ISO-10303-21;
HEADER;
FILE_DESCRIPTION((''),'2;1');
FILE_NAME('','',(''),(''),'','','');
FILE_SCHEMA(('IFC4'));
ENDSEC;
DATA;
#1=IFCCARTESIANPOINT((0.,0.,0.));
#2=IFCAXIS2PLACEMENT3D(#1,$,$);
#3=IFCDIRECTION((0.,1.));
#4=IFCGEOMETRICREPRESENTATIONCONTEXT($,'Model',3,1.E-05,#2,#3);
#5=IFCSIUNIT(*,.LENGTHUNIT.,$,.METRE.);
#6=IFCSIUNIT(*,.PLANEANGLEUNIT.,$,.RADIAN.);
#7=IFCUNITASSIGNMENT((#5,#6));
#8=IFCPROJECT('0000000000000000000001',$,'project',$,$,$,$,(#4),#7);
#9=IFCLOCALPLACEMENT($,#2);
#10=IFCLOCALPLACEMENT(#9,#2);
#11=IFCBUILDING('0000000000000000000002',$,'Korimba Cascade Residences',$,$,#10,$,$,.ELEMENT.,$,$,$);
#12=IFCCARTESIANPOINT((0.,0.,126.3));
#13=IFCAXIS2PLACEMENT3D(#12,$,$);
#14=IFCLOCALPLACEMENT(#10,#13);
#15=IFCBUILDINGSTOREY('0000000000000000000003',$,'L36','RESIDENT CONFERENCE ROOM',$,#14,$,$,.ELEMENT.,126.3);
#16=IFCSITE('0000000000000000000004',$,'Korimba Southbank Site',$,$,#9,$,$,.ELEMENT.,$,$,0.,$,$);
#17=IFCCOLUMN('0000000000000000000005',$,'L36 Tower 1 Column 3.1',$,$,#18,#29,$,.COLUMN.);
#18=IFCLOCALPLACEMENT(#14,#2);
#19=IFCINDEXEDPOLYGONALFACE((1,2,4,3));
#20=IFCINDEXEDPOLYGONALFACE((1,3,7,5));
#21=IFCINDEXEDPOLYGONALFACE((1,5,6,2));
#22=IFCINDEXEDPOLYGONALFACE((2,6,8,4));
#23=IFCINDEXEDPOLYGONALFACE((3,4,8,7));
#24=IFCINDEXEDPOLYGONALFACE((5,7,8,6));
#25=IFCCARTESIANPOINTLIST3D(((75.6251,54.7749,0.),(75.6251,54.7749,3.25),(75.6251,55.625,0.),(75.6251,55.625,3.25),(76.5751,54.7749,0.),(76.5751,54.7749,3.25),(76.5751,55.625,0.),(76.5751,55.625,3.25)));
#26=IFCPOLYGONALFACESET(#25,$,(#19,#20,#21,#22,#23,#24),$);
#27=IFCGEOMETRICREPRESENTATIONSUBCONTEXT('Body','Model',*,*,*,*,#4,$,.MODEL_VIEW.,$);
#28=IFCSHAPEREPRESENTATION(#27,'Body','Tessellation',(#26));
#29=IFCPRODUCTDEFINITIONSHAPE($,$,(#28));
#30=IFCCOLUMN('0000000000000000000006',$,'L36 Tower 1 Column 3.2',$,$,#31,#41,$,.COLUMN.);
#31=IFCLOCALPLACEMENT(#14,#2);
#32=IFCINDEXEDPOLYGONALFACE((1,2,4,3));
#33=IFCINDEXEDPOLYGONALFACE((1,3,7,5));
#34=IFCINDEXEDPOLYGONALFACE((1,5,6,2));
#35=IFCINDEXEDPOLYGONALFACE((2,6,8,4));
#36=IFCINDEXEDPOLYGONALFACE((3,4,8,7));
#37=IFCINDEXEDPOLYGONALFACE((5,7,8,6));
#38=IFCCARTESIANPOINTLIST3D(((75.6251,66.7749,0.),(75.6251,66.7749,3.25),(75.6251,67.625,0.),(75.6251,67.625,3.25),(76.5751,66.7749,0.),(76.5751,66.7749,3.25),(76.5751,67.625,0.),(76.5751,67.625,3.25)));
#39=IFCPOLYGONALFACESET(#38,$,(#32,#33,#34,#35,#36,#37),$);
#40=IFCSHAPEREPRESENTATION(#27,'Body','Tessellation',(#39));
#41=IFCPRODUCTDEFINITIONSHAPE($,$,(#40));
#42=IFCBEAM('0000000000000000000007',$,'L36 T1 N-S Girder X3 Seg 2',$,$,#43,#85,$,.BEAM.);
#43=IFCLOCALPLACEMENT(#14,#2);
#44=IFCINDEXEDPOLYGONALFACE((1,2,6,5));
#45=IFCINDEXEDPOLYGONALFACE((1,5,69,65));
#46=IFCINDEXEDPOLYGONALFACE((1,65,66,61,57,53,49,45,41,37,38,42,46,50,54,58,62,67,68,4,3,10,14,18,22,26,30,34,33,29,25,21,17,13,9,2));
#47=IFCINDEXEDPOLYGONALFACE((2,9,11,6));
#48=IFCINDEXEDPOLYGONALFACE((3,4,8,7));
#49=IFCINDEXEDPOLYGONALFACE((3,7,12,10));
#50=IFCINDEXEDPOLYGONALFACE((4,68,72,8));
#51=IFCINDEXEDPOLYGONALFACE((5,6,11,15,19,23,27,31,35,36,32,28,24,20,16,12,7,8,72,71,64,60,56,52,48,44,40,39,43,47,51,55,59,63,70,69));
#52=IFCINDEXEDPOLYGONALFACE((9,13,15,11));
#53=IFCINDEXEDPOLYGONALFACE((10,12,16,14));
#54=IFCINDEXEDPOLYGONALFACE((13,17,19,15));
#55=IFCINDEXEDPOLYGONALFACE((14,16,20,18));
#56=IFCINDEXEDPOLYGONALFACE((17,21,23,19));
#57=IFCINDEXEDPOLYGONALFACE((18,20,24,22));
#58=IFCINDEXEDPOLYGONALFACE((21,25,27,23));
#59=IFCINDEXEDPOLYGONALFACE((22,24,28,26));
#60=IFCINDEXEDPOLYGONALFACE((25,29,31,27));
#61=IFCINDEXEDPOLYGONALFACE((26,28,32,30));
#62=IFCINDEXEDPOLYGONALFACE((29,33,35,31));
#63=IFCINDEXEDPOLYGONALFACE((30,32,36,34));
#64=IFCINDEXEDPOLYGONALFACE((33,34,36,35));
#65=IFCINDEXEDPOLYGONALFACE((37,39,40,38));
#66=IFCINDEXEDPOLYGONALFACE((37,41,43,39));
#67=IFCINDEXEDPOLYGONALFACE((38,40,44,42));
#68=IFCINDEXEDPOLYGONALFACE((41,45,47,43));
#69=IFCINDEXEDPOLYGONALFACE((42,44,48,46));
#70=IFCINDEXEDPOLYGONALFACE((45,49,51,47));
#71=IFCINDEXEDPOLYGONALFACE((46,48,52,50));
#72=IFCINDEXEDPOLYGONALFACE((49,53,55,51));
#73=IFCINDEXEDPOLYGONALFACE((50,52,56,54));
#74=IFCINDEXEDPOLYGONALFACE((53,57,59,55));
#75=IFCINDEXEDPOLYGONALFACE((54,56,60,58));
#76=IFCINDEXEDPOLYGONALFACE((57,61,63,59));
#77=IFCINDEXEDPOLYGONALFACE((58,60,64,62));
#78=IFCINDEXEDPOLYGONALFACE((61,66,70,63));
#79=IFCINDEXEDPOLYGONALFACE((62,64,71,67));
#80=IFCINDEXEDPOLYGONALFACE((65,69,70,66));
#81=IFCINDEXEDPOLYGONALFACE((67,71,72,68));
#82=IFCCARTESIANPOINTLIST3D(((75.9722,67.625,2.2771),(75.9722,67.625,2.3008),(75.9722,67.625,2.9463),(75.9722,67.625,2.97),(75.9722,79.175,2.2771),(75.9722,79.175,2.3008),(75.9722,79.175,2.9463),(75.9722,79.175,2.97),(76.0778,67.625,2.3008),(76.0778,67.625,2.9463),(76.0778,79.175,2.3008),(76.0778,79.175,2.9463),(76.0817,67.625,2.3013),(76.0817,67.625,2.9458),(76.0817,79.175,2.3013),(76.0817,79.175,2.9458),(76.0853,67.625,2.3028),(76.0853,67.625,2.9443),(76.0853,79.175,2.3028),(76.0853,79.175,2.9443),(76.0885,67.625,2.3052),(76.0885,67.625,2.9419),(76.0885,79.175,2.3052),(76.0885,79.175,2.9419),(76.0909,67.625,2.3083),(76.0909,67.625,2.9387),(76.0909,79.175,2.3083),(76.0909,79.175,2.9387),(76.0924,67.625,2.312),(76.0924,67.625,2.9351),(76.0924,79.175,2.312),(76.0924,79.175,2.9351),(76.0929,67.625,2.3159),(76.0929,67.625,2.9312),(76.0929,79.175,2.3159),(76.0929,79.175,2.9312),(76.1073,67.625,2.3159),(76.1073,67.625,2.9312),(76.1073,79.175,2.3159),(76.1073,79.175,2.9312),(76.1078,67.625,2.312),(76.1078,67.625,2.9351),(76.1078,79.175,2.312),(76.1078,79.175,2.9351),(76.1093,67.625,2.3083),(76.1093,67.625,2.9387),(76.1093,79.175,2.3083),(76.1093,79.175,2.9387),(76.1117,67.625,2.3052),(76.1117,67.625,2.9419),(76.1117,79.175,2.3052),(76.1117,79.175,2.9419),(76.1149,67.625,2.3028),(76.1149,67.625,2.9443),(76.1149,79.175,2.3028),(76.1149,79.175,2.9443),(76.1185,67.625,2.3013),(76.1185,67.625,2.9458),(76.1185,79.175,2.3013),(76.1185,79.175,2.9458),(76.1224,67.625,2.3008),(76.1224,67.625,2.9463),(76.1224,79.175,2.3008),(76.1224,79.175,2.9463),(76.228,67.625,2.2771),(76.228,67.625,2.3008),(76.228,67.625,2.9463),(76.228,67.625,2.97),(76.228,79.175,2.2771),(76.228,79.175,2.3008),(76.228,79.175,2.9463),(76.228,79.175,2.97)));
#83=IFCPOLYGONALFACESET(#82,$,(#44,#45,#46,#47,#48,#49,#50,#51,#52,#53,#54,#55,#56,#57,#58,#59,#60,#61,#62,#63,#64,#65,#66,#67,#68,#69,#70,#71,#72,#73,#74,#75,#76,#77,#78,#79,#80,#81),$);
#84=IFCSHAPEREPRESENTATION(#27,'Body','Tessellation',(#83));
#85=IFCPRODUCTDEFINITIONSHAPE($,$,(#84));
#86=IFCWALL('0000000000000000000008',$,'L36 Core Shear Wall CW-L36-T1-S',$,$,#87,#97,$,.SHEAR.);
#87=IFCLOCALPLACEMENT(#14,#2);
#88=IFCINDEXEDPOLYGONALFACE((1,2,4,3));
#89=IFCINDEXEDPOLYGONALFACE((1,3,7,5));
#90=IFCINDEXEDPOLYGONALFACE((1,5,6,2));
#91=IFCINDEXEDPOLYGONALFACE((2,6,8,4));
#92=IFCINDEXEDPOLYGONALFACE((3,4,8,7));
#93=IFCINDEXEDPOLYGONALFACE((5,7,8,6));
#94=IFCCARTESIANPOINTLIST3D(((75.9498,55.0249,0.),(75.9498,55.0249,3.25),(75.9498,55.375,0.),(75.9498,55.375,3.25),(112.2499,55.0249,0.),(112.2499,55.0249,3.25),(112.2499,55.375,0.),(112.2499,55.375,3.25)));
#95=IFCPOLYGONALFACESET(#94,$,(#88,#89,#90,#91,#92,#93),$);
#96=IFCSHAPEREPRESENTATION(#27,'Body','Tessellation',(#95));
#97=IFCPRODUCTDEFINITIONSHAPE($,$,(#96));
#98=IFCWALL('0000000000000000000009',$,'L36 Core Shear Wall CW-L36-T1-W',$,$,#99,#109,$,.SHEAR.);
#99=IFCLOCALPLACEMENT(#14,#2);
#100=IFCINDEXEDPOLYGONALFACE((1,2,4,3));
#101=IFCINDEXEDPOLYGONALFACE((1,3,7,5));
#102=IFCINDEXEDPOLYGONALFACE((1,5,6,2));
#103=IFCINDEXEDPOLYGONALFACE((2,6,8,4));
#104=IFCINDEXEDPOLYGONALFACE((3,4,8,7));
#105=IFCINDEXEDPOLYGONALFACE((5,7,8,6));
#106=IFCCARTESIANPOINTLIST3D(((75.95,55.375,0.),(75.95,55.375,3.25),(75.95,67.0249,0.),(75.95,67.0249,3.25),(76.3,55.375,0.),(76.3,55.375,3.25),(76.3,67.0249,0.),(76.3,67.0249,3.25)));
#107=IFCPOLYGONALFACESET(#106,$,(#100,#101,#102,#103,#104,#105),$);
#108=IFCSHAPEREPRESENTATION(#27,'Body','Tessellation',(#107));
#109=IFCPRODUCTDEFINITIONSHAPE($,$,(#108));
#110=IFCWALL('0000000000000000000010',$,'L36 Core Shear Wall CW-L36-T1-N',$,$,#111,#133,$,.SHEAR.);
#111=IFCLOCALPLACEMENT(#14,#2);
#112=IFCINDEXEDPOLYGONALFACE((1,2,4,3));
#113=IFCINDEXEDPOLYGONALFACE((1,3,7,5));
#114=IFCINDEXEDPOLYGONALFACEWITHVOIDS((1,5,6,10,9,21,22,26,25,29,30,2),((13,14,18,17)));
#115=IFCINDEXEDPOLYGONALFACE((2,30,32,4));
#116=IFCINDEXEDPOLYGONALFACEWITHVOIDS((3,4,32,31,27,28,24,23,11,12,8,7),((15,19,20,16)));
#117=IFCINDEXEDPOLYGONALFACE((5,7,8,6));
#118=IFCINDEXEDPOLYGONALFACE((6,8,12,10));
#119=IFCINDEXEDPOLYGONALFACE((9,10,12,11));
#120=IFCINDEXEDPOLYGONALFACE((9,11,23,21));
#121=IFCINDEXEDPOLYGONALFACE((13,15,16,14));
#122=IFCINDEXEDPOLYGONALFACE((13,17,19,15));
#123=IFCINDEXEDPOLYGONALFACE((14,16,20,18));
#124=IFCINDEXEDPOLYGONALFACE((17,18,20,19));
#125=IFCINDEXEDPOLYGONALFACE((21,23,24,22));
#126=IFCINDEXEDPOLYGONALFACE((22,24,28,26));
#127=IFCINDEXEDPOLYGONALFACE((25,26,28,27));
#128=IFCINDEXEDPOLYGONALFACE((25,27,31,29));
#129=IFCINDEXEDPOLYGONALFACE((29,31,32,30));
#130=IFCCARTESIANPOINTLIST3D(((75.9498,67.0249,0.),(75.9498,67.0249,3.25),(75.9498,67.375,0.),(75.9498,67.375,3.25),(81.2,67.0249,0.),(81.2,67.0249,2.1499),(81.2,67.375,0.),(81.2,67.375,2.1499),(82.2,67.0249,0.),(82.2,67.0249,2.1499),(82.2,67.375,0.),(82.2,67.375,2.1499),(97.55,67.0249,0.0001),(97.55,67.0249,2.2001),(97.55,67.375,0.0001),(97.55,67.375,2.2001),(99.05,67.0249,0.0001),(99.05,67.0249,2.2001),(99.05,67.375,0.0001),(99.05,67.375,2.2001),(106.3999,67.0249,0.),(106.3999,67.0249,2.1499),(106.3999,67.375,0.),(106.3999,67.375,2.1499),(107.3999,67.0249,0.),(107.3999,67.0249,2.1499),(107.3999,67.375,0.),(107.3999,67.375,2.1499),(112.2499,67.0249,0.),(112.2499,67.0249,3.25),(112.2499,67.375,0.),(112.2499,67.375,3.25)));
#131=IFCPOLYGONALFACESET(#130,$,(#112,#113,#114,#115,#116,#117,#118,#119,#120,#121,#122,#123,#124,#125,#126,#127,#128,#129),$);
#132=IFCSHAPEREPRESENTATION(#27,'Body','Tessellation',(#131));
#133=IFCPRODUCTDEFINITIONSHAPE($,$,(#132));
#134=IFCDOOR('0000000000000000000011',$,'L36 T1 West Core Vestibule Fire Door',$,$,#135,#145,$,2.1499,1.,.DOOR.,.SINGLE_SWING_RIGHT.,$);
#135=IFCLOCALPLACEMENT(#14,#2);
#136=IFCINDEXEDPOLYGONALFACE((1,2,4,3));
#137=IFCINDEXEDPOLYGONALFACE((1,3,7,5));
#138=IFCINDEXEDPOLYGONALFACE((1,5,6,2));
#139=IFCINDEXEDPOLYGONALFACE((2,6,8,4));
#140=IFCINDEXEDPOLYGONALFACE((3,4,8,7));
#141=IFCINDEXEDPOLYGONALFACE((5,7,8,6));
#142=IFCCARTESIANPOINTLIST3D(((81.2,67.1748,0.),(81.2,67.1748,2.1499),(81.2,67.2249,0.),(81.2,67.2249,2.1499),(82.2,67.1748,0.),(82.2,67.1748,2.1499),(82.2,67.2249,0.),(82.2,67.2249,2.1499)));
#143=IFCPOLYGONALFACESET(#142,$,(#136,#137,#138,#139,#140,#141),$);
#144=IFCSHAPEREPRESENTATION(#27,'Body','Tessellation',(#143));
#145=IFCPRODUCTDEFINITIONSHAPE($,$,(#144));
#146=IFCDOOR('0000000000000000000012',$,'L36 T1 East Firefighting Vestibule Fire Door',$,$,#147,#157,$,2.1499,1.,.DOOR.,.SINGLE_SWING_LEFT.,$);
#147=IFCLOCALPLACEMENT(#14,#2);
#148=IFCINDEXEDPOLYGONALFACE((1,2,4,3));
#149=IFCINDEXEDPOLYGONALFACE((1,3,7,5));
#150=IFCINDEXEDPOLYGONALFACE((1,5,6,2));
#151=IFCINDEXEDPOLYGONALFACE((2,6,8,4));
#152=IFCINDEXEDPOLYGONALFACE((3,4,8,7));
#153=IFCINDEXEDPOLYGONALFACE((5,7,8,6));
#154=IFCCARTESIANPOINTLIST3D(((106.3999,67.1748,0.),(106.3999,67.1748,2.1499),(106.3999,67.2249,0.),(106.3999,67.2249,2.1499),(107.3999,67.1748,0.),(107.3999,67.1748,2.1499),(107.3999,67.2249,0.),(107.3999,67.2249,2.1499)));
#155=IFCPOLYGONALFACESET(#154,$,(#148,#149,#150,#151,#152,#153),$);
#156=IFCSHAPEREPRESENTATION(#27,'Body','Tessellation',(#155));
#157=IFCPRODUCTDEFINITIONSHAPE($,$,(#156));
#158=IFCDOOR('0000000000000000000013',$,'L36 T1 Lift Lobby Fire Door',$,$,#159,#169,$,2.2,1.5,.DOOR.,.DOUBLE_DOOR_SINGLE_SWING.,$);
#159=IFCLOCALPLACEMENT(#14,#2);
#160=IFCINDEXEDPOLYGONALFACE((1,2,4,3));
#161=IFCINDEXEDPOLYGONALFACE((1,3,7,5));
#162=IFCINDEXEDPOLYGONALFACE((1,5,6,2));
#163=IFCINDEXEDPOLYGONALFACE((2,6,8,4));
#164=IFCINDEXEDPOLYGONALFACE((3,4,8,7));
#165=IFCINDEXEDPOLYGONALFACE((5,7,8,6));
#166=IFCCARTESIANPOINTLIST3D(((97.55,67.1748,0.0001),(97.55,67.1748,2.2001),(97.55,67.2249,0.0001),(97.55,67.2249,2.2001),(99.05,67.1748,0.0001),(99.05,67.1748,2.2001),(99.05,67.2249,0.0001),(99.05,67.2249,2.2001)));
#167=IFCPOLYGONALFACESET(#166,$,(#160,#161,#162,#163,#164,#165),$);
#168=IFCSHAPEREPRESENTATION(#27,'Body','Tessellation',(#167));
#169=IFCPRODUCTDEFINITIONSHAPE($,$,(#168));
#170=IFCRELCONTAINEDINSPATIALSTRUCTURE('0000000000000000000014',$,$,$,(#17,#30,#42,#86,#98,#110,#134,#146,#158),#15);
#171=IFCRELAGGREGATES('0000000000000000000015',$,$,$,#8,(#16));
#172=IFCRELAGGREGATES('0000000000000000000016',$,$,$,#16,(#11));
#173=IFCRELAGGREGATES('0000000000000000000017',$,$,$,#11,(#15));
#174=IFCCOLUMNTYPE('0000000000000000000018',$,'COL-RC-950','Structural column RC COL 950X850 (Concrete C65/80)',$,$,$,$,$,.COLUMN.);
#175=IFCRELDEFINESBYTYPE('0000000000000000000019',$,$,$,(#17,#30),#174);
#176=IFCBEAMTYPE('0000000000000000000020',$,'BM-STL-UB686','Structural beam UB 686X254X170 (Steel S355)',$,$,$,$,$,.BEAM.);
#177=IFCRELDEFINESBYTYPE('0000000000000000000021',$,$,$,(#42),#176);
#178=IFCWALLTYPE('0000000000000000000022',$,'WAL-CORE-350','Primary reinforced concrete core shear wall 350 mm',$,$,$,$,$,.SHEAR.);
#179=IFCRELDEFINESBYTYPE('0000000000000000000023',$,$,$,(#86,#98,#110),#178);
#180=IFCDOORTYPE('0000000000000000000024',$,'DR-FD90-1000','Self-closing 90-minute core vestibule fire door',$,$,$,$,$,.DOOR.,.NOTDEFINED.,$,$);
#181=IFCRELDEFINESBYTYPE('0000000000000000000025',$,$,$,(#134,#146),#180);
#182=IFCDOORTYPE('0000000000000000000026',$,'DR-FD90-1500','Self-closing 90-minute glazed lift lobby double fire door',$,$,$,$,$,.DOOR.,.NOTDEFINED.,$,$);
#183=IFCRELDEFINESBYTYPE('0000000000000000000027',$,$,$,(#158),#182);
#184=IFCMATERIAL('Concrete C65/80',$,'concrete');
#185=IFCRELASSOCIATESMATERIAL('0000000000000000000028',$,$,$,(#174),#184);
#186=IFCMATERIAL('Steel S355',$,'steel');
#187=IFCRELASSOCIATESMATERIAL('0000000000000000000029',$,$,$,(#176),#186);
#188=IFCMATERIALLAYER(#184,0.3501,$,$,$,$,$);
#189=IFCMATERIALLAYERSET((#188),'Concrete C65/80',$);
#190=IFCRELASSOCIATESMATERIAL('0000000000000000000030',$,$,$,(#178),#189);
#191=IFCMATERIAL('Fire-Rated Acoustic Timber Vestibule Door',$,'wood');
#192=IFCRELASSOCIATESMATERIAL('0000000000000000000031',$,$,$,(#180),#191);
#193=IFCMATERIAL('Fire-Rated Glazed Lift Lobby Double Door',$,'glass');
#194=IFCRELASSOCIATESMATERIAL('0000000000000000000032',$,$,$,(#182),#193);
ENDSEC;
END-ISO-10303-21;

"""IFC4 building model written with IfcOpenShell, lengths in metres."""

from ifc_helpers import new_model, si_unit, direction, frame, frame_2d, origin, origin_2d, place, context, subcontext, project, spatial, rectangle, i_section, extrude, material, layer, layer_set, material_profile, profile_set, type_object, element, fill, save


model = new_model("IFC4")

# Units and contexts
model_context = context("Model", 3, precision=1e-05, world=origin(), true_north=direction((0.0, 1.0)))
body_context = subcontext(model_context, "Body", "Model", "MODEL_VIEW")
ifc_project = project(units=[si_unit("LENGTHUNIT", "METRE"), si_unit("PLANEANGLEUNIT", "RADIAN")], contexts=[model_context])

# Site, building, storey
site_placement = place(None, origin())
site = spatial("IfcSite", under=ifc_project, at=site_placement, Name="Korimba Southbank Site", CompositionType="ELEMENT", RefElevation=0.0)
building_placement = place(site_placement, origin())
building = spatial("IfcBuilding", under=site, at=building_placement, Name="Korimba Cascade Residences", CompositionType="ELEMENT")
storey_placement = place(building_placement, frame((0.0, 0.0, 126.3)))
storey = spatial("IfcBuildingStorey", under=building, at=storey_placement, Name="L36", Description="RESIDENT CONFERENCE ROOM", CompositionType="ELEMENT", Elevation=126.3)

# Columns
ifc_material_1 = material(Name="Concrete C65/80", Category="concrete")
ifc_material_profile_1 = material_profile(ifc_material_1, rectangle(XDim=0.95, YDim=0.8501, at=origin_2d()), Name="Concrete C65/80")
ifc_profile_set_1 = profile_set([ifc_material_profile_1], Name="Concrete C65/80")
column_type = type_object("IfcColumnType", Name="COL-RC-950", Description="Structural column RC COL 950X850 (Concrete C65/80)", PredefinedType="COLUMN", material=ifc_profile_set_1)
for number, where, z_axis, x_axis, name in (
    (1, (76.1001, 55.2, 0.0), (0.0, 0.0, 1.0), (1.0, 0.0, 0.0), "L36 Tower 1 Column 3.1"),
    (2, (76.1001, 67.2, 0.0), (0.0, 0.0, 1.0), (1.0, 0.0, 0.0), "L36 Tower 1 Column 3.2"),
):
    element("IfcColumn", number, at=place(storey_placement, frame(where, z_axis=z_axis, x_axis=x_axis)), inside=storey, type_object=column_type, Name=name, PredefinedType="COLUMN", context=body_context, shape_type="SweptSolid", body=[
        extrude(rectangle(XDim=0.95, YDim=0.8501, at=origin_2d()), origin(), (0.0, 0.0, 1.0), 3.25),
    ])

# Beam
ifc_material_2 = material(Name="Steel S355", Category="steel")
ifc_material_profile_2 = material_profile(ifc_material_2, i_section(OverallWidth=0.2559, OverallDepth=0.6929, WebThickness=0.0144, FlangeThickness=0.0237, FilletRadius=0.0151, at=origin_2d()), Name="Steel S355")
ifc_profile_set_2 = profile_set([ifc_material_profile_2], Name="Steel S355")
beam_type = type_object("IfcBeamType", Name="BM-STL-UB686", Description="Structural beam UB 686X254X170 (Steel S355)", PredefinedType="BEAM", material=ifc_profile_set_2)
beam_placement = place(storey_placement, frame((76.1001, 67.625, 2.6235), z_axis=(0.0, 1.0, 0.0), x_axis=(-1.0, 0.0, 0.0)))
element("IfcBeam", 3, at=beam_placement, inside=storey, type_object=beam_type, Name="L36 T1 N-S Girder X3 Seg 2", PredefinedType="BEAM", context=body_context, shape_type="SweptSolid", body=[
    extrude(i_section(OverallWidth=0.2559, OverallDepth=0.6929, WebThickness=0.0144, FlangeThickness=0.0237, FilletRadius=0.0151, at=origin_2d()), origin(), (0.0, 0.0, 1.0), 11.55),
])

# Walls
ifc_layer_1 = layer(ifc_material_1, 0.3501)
ifc_layer_set_1 = layer_set([ifc_layer_1], Name="Concrete C65/80")
wall_type_1 = type_object("IfcWallType", Name="WAL-CORE-350", Description="Primary reinforced concrete core shear wall 350 mm", PredefinedType="SHEAR", material=ifc_layer_set_1)
wall_1_placement = place(storey_placement, frame((75.95, 55.2, 0.0), z_axis=(0.0, 0.0, 1.0), x_axis=(1.0, 0.0, 0.0)))
element("IfcWall", 4, at=wall_1_placement, inside=storey, type_object=wall_type_1, Name="L36 Core Shear Wall CW-L36-T1-S", PredefinedType="SHEAR", context=body_context, shape_type="SweptSolid", body=[
    extrude(rectangle(XDim=36.3, YDim=0.3501, at=frame_2d((18.1499, 0.0))), origin(), (0.0, 0.0, 1.0), 3.25),
])
wall_2_placement = place(storey_placement, frame((76.125, 55.375, 0.0), z_axis=(0.0, 0.0, 1.0), x_axis=(0.0, 1.0, 0.0)))
element("IfcWall", 5, at=wall_2_placement, inside=storey, type_object=wall_type_1, Name="L36 Core Shear Wall CW-L36-T1-W", PredefinedType="SHEAR", context=body_context, shape_type="SweptSolid", body=[
    extrude(rectangle(XDim=11.6499, YDim=0.3501, at=frame_2d((5.825, 0.0))), origin(), (0.0, 0.0, 1.0), 3.25),
])

# Wall, openings, doors
wall_3_placement = place(storey_placement, frame((75.95, 67.2, 0.0), z_axis=(0.0, 0.0, 1.0), x_axis=(1.0, 0.0, 0.0)))
wall_3 = element("IfcWall", 6, at=wall_3_placement, inside=storey, type_object=wall_type_1, Name="L36 Core Shear Wall CW-L36-T1-N", PredefinedType="SHEAR", context=body_context, shape_type="SweptSolid", body=[
    extrude(rectangle(XDim=36.3, YDim=0.3501, at=frame_2d((18.1499, 0.0))), origin(), (0.0, 0.0, 1.0), 3.25),
])
opening_1_placement = place(wall_3_placement, frame((5.25, 0.0, 0.0)))
opening_1 = element("IfcOpeningElement", 7, at=opening_1_placement, cuts=wall_3, PredefinedType="OPENING", context=body_context, shape_type="SweptSolid", body=[
    extrude(rectangle(XDim=1.0, YDim=2.1499, at=frame_2d((0.5, 1.075))), frame((0.0, 0.1851, 0.0), z_axis=(0.0, -1.0, 0.0), x_axis=(1.0, 0.0, 0.0)), (0.0, 0.0, 1.0), 0.3701),
])
opening_2_placement = place(wall_3_placement, frame((21.6001, 0.0, 0.0)))
opening_2 = element("IfcOpeningElement", 8, at=opening_2_placement, cuts=wall_3, PredefinedType="OPENING", context=body_context, shape_type="SweptSolid", body=[
    extrude(rectangle(XDim=1.5, YDim=2.2, at=frame_2d((0.75, 1.1001))), frame((0.0, 0.1851, 0.0), z_axis=(0.0, -1.0, 0.0), x_axis=(1.0, 0.0, 0.0)), (0.0, 0.0, 1.0), 0.3701),
])
opening_3_placement = place(wall_3_placement, frame((30.45, 0.0, 0.0)))
opening_3 = element("IfcOpeningElement", 9, at=opening_3_placement, cuts=wall_3, PredefinedType="OPENING", context=body_context, shape_type="SweptSolid", body=[
    extrude(rectangle(XDim=1.0, YDim=2.1499, at=frame_2d((0.5, 1.075))), frame((0.0, 0.1851, 0.0), z_axis=(0.0, -1.0, 0.0), x_axis=(1.0, 0.0, 0.0)), (0.0, 0.0, 1.0), 0.3701),
])
ifc_material_3 = material(Name="Fire-Rated Acoustic Timber Vestibule Door", Category="wood")
door_type_1 = type_object("IfcDoorType", Name="DR-FD90-1000", Description="Self-closing 90-minute core vestibule fire door", OperationType="NOTDEFINED", PredefinedType="DOOR", material=ifc_material_3)
door_1_placement = place(opening_1_placement, origin())
door_1 = element("IfcDoor", 10, at=door_1_placement, inside=storey, type_object=door_type_1, Name="L36 T1 West Core Vestibule Fire Door", OperationType="SINGLE_SWING_RIGHT", OverallHeight=2.1499, OverallWidth=1.0, PredefinedType="DOOR", context=body_context, shape_type="SweptSolid", body=[
    extrude(rectangle(XDim=1.0, YDim=2.1499, at=frame_2d((0.5, 1.075))), frame((0.0, 0.0249, 0.0), z_axis=(0.0, -1.0, 0.0), x_axis=(1.0, 0.0, 0.0)), (0.0, 0.0, 1.0), 0.05),
])
fill(opening_1, door_1)
door_2_placement = place(opening_3_placement, origin())
door_2 = element("IfcDoor", 11, at=door_2_placement, inside=storey, type_object=door_type_1, Name="L36 T1 East Firefighting Vestibule Fire Door", OperationType="SINGLE_SWING_LEFT", OverallHeight=2.1499, OverallWidth=1.0, PredefinedType="DOOR", context=body_context, shape_type="SweptSolid", body=[
    extrude(rectangle(XDim=1.0, YDim=2.1499, at=frame_2d((0.5, 1.075))), frame((0.0, 0.0249, 0.0), z_axis=(0.0, -1.0, 0.0), x_axis=(1.0, 0.0, 0.0)), (0.0, 0.0, 1.0), 0.05),
])
fill(opening_3, door_2)
ifc_material_4 = material(Name="Fire-Rated Glazed Lift Lobby Double Door", Category="glass")
door_type_2 = type_object("IfcDoorType", Name="DR-FD90-1500", Description="Self-closing 90-minute glazed lift lobby double fire door", OperationType="NOTDEFINED", PredefinedType="DOOR", material=ifc_material_4)
door_3_placement = place(opening_2_placement, origin())
door_3 = element("IfcDoor", 12, at=door_3_placement, inside=storey, type_object=door_type_2, Name="L36 T1 Lift Lobby Fire Door", OperationType="DOUBLE_DOOR_SINGLE_SWING", OverallHeight=2.2, OverallWidth=1.5, PredefinedType="DOOR", context=body_context, shape_type="SweptSolid", body=[
    extrude(rectangle(XDim=1.5, YDim=2.2, at=frame_2d((0.75, 1.1001))), frame((0.0, 0.0249, 0.0), z_axis=(0.0, -1.0, 0.0), x_axis=(1.0, 0.0, 0.0)), (0.0, 0.0, 1.0), 0.05),
])
fill(opening_2, door_3)

save(model, "model.ifc")
